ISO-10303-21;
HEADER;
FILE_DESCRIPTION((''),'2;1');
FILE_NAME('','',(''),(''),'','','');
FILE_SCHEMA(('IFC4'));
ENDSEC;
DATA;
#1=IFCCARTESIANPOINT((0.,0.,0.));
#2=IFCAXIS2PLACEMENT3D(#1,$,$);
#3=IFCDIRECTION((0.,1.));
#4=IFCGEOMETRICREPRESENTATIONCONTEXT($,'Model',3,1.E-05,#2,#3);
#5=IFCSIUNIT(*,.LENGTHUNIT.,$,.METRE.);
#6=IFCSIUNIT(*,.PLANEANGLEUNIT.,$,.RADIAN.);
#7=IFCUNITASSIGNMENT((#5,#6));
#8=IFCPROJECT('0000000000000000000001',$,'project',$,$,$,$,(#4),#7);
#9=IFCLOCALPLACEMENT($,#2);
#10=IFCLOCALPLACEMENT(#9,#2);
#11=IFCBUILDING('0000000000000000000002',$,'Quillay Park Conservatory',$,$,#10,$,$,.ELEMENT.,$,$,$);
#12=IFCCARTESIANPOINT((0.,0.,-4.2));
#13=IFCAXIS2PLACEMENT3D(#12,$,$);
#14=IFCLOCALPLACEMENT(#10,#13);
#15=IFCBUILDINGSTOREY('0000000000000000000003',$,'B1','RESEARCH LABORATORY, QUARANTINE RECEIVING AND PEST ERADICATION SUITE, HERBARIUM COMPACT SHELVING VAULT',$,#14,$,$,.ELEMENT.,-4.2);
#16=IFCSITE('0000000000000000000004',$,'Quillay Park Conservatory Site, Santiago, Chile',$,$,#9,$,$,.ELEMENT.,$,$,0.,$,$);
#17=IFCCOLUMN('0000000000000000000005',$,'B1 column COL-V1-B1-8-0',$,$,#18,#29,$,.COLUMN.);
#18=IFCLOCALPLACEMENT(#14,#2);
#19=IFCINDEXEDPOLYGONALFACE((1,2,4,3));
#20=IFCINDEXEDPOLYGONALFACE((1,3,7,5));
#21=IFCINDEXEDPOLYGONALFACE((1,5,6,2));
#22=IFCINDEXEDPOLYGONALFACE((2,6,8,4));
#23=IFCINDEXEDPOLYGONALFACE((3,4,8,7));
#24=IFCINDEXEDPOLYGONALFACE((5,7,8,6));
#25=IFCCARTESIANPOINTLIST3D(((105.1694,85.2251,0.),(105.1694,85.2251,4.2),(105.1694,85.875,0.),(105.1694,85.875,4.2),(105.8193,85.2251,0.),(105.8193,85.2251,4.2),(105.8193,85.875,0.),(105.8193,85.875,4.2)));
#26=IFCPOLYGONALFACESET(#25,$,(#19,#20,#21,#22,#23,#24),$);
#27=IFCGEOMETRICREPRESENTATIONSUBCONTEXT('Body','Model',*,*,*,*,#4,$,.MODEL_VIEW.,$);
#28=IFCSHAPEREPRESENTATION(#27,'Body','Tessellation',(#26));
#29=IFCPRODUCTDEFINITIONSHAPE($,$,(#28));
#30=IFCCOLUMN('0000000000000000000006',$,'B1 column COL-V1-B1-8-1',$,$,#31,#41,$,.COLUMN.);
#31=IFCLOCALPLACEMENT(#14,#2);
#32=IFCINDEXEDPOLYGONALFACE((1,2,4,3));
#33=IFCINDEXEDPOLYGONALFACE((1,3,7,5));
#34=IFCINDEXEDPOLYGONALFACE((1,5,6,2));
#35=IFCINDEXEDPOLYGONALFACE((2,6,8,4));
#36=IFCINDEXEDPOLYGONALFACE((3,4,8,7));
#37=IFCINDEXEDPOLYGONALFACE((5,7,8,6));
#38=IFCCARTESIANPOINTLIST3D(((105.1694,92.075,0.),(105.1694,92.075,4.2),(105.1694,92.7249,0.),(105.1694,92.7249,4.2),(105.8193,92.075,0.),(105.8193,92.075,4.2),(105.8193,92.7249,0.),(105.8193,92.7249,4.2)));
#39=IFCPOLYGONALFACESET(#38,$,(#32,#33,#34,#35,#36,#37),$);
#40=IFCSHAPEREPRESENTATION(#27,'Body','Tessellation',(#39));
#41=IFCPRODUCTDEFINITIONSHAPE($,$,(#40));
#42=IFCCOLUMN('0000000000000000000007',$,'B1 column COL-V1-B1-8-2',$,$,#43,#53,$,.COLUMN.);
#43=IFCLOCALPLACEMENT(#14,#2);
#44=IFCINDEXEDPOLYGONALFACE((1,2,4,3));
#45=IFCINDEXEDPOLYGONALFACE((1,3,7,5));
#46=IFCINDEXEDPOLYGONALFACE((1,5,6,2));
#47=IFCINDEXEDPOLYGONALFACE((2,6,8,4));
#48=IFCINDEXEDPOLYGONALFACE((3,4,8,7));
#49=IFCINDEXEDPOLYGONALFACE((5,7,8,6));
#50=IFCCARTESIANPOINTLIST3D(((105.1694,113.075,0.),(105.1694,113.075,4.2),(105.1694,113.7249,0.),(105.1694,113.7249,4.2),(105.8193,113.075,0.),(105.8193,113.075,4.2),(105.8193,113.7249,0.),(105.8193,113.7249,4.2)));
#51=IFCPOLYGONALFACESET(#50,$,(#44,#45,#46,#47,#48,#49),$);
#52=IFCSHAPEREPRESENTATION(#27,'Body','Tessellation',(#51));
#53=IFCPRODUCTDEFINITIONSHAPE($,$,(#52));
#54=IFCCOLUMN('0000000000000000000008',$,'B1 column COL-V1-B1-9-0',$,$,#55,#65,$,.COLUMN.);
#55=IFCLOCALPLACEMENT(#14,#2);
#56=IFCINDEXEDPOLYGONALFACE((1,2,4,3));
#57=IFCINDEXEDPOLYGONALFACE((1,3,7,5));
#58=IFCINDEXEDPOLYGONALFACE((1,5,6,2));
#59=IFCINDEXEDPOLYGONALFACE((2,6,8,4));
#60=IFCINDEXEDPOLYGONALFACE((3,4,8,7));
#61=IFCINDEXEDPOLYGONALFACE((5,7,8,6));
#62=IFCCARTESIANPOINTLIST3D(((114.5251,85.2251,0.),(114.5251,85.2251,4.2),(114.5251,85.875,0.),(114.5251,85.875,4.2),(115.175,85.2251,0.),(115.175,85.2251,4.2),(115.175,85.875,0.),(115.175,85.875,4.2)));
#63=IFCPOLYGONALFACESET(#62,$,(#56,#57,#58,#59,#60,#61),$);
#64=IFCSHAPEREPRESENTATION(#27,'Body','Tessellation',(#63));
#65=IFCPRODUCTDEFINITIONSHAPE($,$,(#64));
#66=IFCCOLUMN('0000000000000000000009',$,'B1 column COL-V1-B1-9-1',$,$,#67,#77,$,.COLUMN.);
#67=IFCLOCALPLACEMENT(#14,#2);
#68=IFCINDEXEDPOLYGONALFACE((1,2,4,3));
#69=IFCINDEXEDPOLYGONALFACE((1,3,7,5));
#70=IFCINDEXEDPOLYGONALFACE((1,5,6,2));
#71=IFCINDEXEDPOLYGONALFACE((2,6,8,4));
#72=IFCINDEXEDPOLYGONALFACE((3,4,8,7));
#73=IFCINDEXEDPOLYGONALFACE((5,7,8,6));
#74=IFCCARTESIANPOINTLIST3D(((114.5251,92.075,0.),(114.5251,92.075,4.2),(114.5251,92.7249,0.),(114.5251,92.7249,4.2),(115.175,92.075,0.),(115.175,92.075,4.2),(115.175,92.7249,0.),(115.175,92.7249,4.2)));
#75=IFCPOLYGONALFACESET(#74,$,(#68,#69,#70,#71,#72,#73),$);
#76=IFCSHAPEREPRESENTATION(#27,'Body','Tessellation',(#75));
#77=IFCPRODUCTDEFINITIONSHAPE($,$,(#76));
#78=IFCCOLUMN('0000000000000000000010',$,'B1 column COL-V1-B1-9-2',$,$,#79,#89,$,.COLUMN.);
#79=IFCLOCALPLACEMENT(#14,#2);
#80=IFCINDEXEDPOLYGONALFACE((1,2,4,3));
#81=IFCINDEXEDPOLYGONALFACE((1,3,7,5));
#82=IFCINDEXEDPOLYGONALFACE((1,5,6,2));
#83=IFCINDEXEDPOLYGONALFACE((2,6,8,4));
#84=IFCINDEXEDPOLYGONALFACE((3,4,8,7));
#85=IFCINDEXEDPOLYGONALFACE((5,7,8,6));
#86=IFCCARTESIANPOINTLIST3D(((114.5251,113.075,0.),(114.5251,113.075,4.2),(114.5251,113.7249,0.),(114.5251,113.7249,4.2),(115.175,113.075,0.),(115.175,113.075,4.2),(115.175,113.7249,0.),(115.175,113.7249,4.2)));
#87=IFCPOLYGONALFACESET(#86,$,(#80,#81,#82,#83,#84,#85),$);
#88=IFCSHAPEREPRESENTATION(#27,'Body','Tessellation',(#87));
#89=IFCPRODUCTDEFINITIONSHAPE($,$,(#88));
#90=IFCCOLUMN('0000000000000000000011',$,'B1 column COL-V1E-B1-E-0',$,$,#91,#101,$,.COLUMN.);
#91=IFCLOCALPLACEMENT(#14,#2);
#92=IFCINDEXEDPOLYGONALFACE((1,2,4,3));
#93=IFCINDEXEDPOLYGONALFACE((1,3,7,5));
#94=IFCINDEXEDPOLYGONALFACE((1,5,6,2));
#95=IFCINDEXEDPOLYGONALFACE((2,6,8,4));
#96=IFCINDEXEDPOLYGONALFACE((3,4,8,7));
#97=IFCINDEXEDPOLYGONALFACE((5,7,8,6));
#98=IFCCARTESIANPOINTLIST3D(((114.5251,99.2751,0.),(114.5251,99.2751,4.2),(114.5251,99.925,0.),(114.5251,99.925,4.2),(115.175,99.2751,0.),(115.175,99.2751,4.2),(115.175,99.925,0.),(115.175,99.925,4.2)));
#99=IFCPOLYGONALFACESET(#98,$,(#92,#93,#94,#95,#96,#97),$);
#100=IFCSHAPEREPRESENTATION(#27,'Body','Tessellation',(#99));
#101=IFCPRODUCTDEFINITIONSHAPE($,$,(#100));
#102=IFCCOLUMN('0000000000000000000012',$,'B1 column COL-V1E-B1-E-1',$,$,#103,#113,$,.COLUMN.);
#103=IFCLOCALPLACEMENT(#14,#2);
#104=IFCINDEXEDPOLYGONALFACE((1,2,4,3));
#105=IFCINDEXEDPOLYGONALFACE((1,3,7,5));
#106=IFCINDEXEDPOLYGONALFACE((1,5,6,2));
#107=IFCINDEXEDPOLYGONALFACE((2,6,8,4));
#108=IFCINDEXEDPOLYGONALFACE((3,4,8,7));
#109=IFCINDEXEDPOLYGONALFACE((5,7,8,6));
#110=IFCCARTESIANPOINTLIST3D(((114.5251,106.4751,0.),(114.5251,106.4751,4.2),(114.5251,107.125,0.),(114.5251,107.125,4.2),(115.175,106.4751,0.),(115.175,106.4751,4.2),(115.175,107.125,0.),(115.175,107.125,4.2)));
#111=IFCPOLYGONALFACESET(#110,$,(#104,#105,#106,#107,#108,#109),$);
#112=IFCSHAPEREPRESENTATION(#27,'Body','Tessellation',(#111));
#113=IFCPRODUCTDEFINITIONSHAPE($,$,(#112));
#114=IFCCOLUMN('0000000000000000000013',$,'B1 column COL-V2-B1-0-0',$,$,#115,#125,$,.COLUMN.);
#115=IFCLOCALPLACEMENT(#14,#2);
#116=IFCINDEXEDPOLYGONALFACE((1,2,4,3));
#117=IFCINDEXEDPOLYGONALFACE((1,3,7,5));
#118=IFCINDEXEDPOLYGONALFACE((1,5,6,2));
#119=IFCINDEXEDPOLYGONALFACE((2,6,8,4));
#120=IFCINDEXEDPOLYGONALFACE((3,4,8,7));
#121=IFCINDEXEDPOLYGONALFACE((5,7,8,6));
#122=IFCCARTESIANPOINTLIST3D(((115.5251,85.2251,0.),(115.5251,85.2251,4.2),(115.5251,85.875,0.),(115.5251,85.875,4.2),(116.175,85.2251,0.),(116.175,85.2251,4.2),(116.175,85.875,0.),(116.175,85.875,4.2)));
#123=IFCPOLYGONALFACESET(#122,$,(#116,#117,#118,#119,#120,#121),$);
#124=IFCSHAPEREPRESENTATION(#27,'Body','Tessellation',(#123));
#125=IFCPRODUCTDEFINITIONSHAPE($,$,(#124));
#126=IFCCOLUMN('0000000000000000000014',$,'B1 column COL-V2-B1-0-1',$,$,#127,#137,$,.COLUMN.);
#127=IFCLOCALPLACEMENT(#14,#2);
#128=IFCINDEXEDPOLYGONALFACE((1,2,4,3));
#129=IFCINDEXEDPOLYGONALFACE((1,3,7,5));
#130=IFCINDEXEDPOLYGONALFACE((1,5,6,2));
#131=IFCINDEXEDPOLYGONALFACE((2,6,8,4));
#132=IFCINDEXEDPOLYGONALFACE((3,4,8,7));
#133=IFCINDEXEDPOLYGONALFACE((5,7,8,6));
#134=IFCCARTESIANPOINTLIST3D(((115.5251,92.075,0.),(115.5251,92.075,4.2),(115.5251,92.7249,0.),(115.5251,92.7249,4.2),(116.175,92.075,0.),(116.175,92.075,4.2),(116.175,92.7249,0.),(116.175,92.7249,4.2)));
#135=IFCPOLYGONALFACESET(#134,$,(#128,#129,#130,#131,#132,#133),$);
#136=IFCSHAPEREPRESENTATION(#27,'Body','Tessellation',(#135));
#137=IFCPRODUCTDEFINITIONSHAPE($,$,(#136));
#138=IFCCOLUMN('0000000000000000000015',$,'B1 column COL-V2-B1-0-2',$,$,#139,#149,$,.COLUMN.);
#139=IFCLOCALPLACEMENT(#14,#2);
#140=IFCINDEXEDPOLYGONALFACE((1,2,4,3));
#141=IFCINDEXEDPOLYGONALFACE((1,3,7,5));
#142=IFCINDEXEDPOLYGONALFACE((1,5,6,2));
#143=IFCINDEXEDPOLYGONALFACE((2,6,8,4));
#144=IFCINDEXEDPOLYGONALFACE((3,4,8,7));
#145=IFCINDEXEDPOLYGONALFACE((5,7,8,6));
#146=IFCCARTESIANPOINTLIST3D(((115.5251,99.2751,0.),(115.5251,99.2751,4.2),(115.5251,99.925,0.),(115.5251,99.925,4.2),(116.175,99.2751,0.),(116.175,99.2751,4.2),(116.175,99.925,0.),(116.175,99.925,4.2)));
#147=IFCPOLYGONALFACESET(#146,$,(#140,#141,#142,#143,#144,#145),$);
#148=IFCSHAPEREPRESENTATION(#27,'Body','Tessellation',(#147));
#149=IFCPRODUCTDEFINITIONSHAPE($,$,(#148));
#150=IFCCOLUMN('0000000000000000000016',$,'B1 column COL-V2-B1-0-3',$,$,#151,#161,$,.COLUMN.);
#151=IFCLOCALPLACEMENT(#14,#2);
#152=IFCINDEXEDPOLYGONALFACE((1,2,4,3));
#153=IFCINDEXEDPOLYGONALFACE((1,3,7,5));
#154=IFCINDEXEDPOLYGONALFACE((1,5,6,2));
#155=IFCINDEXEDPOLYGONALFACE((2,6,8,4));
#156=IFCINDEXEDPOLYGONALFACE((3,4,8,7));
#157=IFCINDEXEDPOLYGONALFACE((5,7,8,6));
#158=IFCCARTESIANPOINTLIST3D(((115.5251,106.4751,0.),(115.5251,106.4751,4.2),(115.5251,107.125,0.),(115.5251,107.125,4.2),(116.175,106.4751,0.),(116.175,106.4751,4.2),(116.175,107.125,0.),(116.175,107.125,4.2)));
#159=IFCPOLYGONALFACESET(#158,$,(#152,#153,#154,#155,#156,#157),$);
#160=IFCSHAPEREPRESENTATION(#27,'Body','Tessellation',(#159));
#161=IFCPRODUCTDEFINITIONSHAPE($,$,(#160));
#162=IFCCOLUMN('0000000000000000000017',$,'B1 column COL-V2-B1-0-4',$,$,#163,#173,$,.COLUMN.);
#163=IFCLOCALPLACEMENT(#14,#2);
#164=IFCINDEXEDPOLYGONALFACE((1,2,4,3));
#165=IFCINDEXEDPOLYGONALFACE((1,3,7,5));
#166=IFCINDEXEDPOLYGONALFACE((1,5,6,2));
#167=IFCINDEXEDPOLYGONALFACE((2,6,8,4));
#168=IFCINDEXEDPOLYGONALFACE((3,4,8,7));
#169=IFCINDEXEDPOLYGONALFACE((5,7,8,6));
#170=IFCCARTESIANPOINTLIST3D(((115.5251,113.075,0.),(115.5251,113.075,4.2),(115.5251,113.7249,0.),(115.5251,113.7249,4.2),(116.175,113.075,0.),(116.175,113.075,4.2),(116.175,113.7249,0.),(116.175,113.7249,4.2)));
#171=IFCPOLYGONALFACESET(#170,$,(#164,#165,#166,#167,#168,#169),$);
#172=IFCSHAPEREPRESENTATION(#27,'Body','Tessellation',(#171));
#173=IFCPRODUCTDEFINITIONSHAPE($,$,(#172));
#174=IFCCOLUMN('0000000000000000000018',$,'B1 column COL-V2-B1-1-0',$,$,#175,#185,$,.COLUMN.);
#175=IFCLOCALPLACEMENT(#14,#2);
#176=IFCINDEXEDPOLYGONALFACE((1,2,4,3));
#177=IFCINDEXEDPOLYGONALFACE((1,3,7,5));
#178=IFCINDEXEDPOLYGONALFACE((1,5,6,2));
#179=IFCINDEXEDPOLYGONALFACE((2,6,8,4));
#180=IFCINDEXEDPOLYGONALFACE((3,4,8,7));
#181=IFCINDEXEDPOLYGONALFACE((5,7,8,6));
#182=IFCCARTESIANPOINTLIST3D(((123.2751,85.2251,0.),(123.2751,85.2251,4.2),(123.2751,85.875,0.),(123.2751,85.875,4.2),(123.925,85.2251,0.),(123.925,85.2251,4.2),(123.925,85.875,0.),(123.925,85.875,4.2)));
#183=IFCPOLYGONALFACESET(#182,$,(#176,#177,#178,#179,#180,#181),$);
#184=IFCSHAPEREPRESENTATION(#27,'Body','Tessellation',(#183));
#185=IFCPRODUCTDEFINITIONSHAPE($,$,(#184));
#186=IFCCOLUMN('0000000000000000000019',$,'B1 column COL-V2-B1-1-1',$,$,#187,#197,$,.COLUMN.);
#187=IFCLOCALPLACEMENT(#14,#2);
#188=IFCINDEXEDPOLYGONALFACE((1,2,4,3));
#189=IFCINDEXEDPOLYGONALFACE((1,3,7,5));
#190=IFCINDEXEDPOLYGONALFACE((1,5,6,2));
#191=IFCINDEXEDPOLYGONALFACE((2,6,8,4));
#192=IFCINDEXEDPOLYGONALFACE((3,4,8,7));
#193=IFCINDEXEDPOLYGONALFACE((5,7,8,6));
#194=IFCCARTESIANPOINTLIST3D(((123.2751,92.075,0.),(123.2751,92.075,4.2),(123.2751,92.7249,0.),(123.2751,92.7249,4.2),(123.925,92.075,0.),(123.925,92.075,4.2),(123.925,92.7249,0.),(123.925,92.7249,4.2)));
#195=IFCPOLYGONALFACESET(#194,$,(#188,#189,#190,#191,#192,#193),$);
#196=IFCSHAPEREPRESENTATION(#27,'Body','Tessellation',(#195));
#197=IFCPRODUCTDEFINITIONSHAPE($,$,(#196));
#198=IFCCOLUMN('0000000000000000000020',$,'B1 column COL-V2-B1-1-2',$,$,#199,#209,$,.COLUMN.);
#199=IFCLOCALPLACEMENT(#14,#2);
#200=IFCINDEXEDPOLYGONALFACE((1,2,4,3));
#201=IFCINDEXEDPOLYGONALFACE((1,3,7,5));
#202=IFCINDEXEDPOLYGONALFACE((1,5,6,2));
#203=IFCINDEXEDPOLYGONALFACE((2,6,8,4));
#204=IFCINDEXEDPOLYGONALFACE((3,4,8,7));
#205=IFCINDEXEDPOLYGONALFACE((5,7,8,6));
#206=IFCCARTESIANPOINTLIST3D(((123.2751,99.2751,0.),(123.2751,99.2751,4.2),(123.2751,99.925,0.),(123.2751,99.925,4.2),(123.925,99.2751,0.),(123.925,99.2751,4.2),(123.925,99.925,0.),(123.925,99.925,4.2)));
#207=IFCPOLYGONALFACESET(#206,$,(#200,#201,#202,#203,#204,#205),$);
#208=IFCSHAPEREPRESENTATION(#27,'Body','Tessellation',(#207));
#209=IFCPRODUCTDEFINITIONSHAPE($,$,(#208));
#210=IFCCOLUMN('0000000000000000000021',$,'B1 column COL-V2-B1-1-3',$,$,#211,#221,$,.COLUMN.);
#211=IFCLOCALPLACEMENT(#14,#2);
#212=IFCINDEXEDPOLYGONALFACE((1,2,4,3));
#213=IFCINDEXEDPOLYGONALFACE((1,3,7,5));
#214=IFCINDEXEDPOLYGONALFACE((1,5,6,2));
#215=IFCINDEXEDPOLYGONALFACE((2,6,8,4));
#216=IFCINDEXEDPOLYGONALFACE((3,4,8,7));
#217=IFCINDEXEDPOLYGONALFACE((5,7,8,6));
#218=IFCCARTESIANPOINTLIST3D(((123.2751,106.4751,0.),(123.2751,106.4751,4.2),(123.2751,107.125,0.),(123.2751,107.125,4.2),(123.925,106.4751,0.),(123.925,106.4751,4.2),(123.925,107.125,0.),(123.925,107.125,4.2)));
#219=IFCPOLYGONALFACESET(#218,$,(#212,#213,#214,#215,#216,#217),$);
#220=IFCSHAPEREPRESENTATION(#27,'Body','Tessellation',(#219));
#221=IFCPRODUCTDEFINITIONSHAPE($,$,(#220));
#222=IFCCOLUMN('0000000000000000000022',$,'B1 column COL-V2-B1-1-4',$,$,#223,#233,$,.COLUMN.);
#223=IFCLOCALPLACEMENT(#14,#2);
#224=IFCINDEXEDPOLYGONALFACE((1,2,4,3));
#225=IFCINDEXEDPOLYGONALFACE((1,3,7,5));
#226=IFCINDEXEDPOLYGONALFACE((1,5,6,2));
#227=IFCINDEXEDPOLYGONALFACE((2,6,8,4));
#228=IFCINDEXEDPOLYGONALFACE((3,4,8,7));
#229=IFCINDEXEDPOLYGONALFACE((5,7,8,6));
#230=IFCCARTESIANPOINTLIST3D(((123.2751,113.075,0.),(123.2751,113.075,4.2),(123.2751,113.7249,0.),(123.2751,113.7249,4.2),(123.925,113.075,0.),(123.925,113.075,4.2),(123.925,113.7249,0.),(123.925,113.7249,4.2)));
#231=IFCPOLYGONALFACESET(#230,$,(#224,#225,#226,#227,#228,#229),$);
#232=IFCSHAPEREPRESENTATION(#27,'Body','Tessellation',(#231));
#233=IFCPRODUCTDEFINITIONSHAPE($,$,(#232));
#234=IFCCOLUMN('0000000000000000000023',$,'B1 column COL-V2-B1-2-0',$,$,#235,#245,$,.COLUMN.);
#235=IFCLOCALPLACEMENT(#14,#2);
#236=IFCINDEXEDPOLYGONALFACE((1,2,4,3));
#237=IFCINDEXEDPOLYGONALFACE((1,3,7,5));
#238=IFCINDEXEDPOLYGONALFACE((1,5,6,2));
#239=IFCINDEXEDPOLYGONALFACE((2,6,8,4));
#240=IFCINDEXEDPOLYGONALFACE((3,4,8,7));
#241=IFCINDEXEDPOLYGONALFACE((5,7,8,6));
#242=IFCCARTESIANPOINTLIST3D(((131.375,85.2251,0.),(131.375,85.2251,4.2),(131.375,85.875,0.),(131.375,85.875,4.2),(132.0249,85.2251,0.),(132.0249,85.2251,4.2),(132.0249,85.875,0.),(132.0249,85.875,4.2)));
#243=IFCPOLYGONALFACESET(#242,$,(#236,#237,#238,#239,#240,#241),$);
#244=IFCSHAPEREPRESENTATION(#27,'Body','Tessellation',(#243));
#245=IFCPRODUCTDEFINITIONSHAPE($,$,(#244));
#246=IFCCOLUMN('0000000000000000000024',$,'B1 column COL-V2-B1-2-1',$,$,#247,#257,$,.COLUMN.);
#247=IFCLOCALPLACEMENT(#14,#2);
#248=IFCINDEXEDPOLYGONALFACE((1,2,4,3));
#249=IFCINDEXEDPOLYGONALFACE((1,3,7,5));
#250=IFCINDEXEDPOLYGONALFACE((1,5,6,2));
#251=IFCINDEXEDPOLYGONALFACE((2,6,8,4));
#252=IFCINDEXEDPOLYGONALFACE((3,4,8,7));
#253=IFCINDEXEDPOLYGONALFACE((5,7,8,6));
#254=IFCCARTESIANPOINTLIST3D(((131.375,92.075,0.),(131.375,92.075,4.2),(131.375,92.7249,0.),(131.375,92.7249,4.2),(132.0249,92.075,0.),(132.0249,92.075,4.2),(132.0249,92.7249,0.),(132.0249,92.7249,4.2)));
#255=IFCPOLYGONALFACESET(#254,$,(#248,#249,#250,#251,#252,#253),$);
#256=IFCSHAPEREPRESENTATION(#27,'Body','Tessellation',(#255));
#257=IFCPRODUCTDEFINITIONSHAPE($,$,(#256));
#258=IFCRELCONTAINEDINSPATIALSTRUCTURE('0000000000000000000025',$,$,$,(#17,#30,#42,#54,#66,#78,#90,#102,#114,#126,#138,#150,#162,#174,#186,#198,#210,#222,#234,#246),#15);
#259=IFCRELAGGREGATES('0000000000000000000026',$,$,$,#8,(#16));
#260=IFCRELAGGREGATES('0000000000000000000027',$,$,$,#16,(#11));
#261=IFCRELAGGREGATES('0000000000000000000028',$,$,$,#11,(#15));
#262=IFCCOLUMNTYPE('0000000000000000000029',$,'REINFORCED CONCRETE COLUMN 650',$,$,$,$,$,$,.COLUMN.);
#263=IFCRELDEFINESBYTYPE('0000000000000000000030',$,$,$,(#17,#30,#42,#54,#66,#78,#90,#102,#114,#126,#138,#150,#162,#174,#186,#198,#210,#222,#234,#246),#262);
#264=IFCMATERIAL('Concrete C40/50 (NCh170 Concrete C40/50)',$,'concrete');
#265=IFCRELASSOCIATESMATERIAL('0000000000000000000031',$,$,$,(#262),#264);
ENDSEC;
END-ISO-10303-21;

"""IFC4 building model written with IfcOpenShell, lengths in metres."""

from ifc_helpers import new_model, si_unit, direction, frame, origin, origin_2d, place, context, subcontext, project, spatial, rectangle, extrude, material, material_profile, profile_set, type_object, element, save


model = new_model("IFC4")

# Units and contexts
model_context = context("Model", 3, precision=1e-05, world=origin(), true_north=direction((0.0, 1.0)))
body_context = subcontext(model_context, "Body", "Model", "MODEL_VIEW")
ifc_project = project(units=[si_unit("LENGTHUNIT", "METRE"), si_unit("PLANEANGLEUNIT", "RADIAN")], contexts=[model_context])

# Site, building, storey
site_placement = place(None, origin())
site = spatial("IfcSite", under=ifc_project, at=site_placement, Name="Quillay Park Conservatory Site, Santiago, Chile", CompositionType="ELEMENT", RefElevation=0.0)
building_placement = place(site_placement, origin())
building = spatial("IfcBuilding", under=site, at=building_placement, Name="Quillay Park Conservatory", CompositionType="ELEMENT")
storey_placement = place(building_placement, frame((0.0, 0.0, -4.2)))
storey = spatial("IfcBuildingStorey", under=building, at=storey_placement, Name="B1", Description="RESEARCH LABORATORY, QUARANTINE RECEIVING AND PEST ERADICATION SUITE, HERBARIUM COMPACT SHELVING VAULT", CompositionType="ELEMENT", Elevation=-4.2)

# Columns
ifc_material_1 = material(Name="Concrete C40/50 (NCh170 Concrete C40/50)", Category="concrete")
ifc_material_profile_1 = material_profile(ifc_material_1, rectangle(XDim=0.6499, YDim=0.6499, at=origin_2d()), Name="RC650x650")
ifc_profile_set_1 = profile_set([ifc_material_profile_1], Name="Concrete C40/50 (NCh170 Concrete C40/50)")
column_type = type_object("IfcColumnType", Name="REINFORCED CONCRETE COLUMN 650", PredefinedType="COLUMN", material=ifc_profile_set_1)
for number, where, z_axis, x_axis, name in (
    (1, (105.4944, 85.55, 0.0), (0.0, 0.0, 1.0), (1.0, 0.0, 0.0), "B1 column COL-V1-B1-8-0"),
    (2, (105.4944, 92.3999, 0.0), (0.0, 0.0, 1.0), (1.0, 0.0, 0.0), "B1 column COL-V1-B1-8-1"),
    (3, (105.4944, 113.3999, 0.0), (0.0, 0.0, 1.0), (1.0, 0.0, 0.0), "B1 column COL-V1-B1-8-2"),
    (4, (114.8501, 85.55, 0.0), (0.0, 0.0, 1.0), (1.0, 0.0, 0.0), "B1 column COL-V1-B1-9-0"),
    (5, (114.8501, 92.3999, 0.0), (0.0, 0.0, 1.0), (1.0, 0.0, 0.0), "B1 column COL-V1-B1-9-1"),
    (6, (114.8501, 113.3999, 0.0), (0.0, 0.0, 1.0), (1.0, 0.0, 0.0), "B1 column COL-V1-B1-9-2"),
    (7, (114.8501, 99.6001, 0.0), (0.0, 0.0, 1.0), (1.0, 0.0, 0.0), "B1 column COL-V1E-B1-E-0"),
    (8, (114.8501, 106.8, 0.0), (0.0, 0.0, 1.0), (1.0, 0.0, 0.0), "B1 column COL-V1E-B1-E-1"),
    (9, (115.8501, 85.55, 0.0), (0.0, 0.0, 1.0), (1.0, 0.0, 0.0), "B1 column COL-V2-B1-0-0"),
    (10, (115.8501, 92.3999, 0.0), (0.0, 0.0, 1.0), (1.0, 0.0, 0.0), "B1 column COL-V2-B1-0-1"),
    (11, (115.8501, 99.6001, 0.0), (0.0, 0.0, 1.0), (1.0, 0.0, 0.0), "B1 column COL-V2-B1-0-2"),
    (12, (115.8501, 106.8, 0.0), (0.0, 0.0, 1.0), (1.0, 0.0, 0.0), "B1 column COL-V2-B1-0-3"),
    (13, (115.8501, 113.3999, 0.0), (0.0, 0.0, 1.0), (1.0, 0.0, 0.0), "B1 column COL-V2-B1-0-4"),
    (14, (123.6001, 85.55, 0.0), (0.0, 0.0, 1.0), (1.0, 0.0, 0.0), "B1 column COL-V2-B1-1-0"),
    (15, (123.6001, 92.3999, 0.0), (0.0, 0.0, 1.0), (1.0, 0.0, 0.0), "B1 column COL-V2-B1-1-1"),
    (16, (123.6001, 99.6001, 0.0), (0.0, 0.0, 1.0), (1.0, 0.0, 0.0), "B1 column COL-V2-B1-1-2"),
    (17, (123.6001, 106.8, 0.0), (0.0, 0.0, 1.0), (1.0, 0.0, 0.0), "B1 column COL-V2-B1-1-3"),
    (18, (123.6001, 113.3999, 0.0), (0.0, 0.0, 1.0), (1.0, 0.0, 0.0), "B1 column COL-V2-B1-1-4"),
    (19, (131.7, 85.55, 0.0), (0.0, 0.0, 1.0), (1.0, 0.0, 0.0), "B1 column COL-V2-B1-2-0"),
    (20, (131.7, 92.3999, 0.0), (0.0, 0.0, 1.0), (1.0, 0.0, 0.0), "B1 column COL-V2-B1-2-1"),
):
    element("IfcColumn", number, at=place(storey_placement, frame(where, z_axis=z_axis, x_axis=x_axis)), inside=storey, type_object=column_type, Name=name, PredefinedType="COLUMN", context=body_context, shape_type="SweptSolid", body=[
        extrude(rectangle(XDim=0.6499, YDim=0.6499, at=origin_2d()), origin(), (0.0, 0.0, 1.0), 4.2),
    ])

save(model, "model.ifc")
